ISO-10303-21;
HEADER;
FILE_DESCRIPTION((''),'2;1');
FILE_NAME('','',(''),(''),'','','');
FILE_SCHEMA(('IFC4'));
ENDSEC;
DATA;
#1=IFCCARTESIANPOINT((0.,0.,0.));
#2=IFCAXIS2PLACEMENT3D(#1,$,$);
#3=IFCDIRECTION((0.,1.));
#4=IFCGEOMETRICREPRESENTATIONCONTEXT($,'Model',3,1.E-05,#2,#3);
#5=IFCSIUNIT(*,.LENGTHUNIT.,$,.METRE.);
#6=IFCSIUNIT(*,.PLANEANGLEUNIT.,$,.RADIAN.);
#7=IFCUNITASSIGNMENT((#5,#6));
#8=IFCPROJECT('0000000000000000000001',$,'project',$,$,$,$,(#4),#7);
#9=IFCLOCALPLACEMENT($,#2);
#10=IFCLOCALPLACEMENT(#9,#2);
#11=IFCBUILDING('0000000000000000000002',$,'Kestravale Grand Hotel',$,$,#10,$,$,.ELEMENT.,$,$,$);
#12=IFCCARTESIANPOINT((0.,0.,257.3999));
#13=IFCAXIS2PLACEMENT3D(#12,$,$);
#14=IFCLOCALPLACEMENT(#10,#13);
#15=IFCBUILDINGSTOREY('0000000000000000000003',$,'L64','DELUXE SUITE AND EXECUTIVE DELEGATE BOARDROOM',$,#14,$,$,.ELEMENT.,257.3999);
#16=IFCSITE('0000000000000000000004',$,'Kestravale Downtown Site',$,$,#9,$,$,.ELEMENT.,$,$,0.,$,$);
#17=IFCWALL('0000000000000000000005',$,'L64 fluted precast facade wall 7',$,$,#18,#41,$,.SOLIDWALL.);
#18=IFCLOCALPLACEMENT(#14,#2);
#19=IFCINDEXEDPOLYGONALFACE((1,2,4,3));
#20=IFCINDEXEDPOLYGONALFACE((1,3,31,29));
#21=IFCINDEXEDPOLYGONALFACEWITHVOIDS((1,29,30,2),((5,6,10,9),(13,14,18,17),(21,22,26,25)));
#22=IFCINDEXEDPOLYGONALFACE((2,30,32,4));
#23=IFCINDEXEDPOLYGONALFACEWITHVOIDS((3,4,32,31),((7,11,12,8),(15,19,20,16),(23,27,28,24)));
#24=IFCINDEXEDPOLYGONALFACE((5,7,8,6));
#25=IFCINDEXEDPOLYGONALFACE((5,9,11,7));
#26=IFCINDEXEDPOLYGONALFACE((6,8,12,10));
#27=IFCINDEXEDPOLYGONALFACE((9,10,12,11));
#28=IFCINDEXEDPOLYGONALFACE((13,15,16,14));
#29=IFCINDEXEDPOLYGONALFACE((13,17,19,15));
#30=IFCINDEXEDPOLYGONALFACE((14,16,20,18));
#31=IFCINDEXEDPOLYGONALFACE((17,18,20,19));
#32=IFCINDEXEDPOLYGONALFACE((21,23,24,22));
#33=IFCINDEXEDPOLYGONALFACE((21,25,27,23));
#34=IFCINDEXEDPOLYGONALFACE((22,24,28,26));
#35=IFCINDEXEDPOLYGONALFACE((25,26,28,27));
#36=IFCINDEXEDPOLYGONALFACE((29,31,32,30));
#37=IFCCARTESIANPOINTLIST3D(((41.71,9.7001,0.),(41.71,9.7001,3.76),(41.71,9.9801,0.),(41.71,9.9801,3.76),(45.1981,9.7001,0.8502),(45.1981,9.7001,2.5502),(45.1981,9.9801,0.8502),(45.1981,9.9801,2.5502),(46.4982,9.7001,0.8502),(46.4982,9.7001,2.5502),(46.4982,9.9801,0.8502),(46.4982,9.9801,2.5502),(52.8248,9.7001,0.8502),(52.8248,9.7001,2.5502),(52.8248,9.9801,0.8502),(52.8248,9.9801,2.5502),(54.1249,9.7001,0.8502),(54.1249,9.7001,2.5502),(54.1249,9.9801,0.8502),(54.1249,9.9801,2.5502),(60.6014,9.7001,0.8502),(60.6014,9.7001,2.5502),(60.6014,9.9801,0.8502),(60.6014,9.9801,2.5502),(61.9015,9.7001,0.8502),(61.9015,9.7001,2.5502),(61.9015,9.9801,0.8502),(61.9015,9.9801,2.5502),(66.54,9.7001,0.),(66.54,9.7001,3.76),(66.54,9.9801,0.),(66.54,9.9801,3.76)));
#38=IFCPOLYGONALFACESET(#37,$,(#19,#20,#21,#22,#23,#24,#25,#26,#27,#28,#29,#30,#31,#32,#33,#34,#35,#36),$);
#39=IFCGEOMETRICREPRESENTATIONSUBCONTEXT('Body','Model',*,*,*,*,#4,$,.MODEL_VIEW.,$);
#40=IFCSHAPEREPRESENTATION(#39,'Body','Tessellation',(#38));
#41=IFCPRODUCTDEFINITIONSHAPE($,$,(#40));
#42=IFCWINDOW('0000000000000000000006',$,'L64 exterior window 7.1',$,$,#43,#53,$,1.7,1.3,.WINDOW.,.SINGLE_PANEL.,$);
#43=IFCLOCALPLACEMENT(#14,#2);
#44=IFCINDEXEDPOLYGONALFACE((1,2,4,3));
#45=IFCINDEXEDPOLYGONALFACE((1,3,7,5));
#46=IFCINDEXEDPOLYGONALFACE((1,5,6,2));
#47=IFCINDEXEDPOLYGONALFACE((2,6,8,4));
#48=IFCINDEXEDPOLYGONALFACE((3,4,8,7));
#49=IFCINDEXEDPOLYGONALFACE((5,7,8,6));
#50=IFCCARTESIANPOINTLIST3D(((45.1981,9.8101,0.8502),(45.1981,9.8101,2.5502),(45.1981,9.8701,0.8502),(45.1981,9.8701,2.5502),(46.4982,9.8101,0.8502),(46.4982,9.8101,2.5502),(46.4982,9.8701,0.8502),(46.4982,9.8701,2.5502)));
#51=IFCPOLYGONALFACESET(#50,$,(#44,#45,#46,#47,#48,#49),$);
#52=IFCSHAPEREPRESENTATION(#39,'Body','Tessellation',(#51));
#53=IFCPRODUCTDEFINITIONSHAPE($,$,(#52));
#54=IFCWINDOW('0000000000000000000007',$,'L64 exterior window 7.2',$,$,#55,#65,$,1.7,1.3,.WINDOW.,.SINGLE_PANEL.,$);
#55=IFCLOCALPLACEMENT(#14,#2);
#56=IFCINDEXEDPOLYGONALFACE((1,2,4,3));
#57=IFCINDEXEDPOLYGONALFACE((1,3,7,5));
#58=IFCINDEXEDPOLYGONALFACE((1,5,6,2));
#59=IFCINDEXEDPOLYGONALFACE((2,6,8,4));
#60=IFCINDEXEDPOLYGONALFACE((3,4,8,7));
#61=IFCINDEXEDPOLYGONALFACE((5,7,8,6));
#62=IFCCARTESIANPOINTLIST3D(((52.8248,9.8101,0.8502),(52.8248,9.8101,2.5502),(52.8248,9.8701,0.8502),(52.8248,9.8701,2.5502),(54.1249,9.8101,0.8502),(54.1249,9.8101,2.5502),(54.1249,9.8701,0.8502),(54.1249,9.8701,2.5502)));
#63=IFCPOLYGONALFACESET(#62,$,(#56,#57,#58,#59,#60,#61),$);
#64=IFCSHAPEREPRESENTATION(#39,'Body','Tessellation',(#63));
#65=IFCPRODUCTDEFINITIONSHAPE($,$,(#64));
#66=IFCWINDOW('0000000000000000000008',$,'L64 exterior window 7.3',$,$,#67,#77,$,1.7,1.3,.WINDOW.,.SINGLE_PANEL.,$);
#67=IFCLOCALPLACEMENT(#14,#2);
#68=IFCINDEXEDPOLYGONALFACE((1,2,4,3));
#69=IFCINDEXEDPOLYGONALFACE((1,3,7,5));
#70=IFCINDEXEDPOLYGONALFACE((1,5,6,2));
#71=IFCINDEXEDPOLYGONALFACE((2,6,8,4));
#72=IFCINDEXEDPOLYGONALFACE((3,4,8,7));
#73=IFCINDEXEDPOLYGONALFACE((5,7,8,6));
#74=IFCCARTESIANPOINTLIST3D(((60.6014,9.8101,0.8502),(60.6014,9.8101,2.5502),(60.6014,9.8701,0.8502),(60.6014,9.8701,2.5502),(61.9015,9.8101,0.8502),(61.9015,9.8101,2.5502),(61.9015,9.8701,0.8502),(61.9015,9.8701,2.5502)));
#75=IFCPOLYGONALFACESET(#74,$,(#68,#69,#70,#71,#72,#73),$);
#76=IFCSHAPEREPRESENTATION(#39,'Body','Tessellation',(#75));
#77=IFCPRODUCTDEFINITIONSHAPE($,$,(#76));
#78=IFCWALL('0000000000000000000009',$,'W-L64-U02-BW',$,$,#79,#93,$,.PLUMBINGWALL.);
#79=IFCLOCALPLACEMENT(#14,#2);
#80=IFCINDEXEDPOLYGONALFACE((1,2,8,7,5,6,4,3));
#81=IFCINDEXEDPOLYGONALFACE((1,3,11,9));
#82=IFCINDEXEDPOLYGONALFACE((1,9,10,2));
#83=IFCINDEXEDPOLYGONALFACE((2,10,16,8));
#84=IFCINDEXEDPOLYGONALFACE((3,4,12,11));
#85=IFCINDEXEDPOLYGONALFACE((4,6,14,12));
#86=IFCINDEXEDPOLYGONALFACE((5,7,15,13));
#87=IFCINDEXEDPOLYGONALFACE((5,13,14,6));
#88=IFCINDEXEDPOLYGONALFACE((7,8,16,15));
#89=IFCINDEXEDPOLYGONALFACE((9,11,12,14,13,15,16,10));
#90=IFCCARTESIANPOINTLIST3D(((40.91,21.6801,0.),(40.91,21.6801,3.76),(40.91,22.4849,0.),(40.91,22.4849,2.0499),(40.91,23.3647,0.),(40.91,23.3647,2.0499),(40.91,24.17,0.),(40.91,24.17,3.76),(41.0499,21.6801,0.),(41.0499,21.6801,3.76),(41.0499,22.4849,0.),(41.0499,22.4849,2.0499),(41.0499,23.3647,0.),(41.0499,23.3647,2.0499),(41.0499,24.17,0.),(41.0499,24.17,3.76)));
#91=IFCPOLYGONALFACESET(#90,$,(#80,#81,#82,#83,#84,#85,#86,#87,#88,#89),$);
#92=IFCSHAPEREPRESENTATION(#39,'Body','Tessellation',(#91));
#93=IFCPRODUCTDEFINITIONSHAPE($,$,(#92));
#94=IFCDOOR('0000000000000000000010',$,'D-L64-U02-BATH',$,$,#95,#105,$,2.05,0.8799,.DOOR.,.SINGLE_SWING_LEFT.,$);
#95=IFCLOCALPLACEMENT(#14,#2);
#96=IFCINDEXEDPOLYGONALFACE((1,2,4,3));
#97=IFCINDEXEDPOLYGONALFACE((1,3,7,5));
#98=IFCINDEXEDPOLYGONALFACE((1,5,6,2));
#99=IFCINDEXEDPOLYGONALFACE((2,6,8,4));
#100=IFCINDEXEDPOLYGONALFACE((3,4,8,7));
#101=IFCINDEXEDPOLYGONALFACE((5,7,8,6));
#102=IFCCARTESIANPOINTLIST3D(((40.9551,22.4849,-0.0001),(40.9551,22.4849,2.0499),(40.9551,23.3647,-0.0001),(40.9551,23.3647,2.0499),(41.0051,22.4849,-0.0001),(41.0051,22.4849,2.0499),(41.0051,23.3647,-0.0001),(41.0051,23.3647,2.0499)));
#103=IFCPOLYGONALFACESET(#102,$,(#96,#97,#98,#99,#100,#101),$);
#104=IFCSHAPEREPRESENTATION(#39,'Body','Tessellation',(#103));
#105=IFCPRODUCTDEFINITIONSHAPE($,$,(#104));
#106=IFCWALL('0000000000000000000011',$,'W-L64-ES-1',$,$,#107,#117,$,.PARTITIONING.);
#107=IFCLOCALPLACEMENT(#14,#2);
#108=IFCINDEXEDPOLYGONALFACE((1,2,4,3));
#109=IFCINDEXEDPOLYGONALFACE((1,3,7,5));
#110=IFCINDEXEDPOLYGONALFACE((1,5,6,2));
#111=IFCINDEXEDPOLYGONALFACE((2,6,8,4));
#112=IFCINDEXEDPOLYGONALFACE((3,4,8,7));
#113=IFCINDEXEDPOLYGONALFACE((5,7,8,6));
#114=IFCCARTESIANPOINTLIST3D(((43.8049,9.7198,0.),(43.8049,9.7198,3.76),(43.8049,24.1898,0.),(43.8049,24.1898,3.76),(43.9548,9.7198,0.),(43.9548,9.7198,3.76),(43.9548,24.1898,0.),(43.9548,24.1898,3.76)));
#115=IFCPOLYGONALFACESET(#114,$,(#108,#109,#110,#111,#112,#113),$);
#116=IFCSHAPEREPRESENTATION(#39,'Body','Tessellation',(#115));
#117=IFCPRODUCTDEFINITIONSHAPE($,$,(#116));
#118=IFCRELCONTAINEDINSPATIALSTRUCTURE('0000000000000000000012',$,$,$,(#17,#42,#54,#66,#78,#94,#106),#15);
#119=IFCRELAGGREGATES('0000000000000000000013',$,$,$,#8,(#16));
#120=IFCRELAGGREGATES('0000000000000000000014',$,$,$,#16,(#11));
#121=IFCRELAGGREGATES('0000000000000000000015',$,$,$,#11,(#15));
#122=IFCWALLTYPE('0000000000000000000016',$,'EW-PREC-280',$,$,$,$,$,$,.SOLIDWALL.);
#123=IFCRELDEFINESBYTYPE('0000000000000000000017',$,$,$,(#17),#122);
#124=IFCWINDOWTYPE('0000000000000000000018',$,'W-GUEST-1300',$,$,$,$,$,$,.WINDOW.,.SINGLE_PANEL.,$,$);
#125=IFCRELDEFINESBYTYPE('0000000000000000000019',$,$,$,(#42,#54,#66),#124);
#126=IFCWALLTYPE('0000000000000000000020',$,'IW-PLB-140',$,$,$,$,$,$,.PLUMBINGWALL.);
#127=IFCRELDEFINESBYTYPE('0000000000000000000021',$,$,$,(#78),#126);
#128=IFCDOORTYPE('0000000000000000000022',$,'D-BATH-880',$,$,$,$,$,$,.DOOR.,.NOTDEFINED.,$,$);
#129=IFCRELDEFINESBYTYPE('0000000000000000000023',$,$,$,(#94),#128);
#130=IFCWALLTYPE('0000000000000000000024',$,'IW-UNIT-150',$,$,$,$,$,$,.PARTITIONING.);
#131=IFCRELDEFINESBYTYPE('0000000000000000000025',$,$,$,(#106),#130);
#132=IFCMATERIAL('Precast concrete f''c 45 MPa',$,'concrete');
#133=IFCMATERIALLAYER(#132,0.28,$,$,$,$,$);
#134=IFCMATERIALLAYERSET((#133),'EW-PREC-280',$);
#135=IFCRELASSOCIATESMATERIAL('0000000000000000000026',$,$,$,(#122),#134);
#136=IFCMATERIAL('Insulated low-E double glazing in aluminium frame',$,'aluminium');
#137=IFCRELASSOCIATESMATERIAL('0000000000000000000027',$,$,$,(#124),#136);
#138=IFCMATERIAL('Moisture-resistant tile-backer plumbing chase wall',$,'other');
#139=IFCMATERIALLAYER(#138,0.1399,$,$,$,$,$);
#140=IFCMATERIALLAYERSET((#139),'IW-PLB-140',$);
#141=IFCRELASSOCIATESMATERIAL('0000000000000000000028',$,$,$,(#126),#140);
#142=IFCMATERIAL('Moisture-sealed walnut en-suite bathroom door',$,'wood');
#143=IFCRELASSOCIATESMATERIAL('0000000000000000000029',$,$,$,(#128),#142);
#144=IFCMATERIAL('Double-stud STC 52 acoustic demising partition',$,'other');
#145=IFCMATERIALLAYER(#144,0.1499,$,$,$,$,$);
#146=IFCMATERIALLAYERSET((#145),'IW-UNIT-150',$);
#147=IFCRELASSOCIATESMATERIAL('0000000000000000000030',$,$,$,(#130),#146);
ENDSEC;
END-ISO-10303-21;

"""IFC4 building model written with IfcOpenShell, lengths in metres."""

from ifc_helpers import new_model, si_unit, direction, frame, frame_2d, origin, place, context, subcontext, project, spatial, rectangle, extrude, material, layer, layer_set, type_object, element, fill, save


model = new_model("IFC4")

# Units and contexts
model_context = context("Model", 3, precision=1e-05, world=origin(), true_north=direction((0.0, 1.0)))
body_context = subcontext(model_context, "Body", "Model", "MODEL_VIEW")
ifc_project = project(units=[si_unit("LENGTHUNIT", "METRE"), si_unit("PLANEANGLEUNIT", "RADIAN")], contexts=[model_context])

# Site, building, storey
site_placement = place(None, origin())
site = spatial("IfcSite", under=ifc_project, at=site_placement, Name="Kestravale Downtown Site", CompositionType="ELEMENT", RefElevation=0.0)
building_placement = place(site_placement, origin())
building = spatial("IfcBuilding", under=site, at=building_placement, Name="Kestravale Grand Hotel", CompositionType="ELEMENT")
storey_placement = place(building_placement, frame((0.0, 0.0, 257.3999)))
storey = spatial("IfcBuildingStorey", under=building, at=storey_placement, Name="L64", Description="DELUXE SUITE AND EXECUTIVE DELEGATE BOARDROOM", CompositionType="ELEMENT", Elevation=257.3999)

# Shared definitions
ifc_material_1 = material(Name="Precast concrete f'c 45 MPa", Category="concrete")
ifc_layer_1 = layer(ifc_material_1, 0.28)
ifc_layer_set_1 = layer_set([ifc_layer_1], Name="EW-PREC-280")
wall_type_1 = type_object("IfcWallType", Name="EW-PREC-280", PredefinedType="SOLIDWALL", material=ifc_layer_set_1)
ifc_material_2 = material(Name="Insulated low-E double glazing in aluminium frame", Category="aluminium")
window_type = type_object("IfcWindowType", Name="W-GUEST-1300", PartitioningType="SINGLE_PANEL", PredefinedType="WINDOW", material=ifc_material_2)

# Wall, openings, windows
wall_1_placement = place(storey_placement, frame((41.71, 9.8401, 0.0), z_axis=(0.0, 0.0, 1.0), x_axis=(1.0, 0.0, 0.0)))
wall_1 = element("IfcWall", 1, at=wall_1_placement, inside=storey, type_object=wall_type_1, Name="L64 fluted precast facade wall 7", PredefinedType="SOLIDWALL", context=body_context, shape_type="SweptSolid", body=[
    extrude(rectangle(XDim=24.8301, YDim=0.28, at=frame_2d((12.415, 0.0))), origin(), (0.0, 0.0, 1.0), 3.76),
])
opening_1_placement = place(wall_1_placement, frame((3.4883, 0.0, 0.8501)))
opening_1 = element("IfcOpeningElement", 2, at=opening_1_placement, cuts=wall_1, PredefinedType="OPENING", context=body_context, shape_type="SweptSolid", body=[
    extrude(rectangle(XDim=1.3, YDim=1.7, at=frame_2d((0.6499, 0.8501))), frame((0.0, 0.1499, 0.0), z_axis=(0.0, -1.0, 0.0), x_axis=(1.0, 0.0, 0.0)), (0.0, 0.0, 1.0), 0.3),
])
opening_2_placement = place(wall_1_placement, frame((11.115, 0.0, 0.8501)))
opening_2 = element("IfcOpeningElement", 3, at=opening_2_placement, cuts=wall_1, PredefinedType="OPENING", context=body_context, shape_type="SweptSolid", body=[
    extrude(rectangle(XDim=1.3, YDim=1.7, at=frame_2d((0.6499, 0.8501))), frame((0.0, 0.1499, 0.0), z_axis=(0.0, -1.0, 0.0), x_axis=(1.0, 0.0, 0.0)), (0.0, 0.0, 1.0), 0.3),
])
opening_3_placement = place(wall_1_placement, frame((18.8916, 0.0, 0.8501)))
opening_3 = element("IfcOpeningElement", 4, at=opening_3_placement, cuts=wall_1, PredefinedType="OPENING", context=body_context, shape_type="SweptSolid", body=[
    extrude(rectangle(XDim=1.3, YDim=1.7, at=frame_2d((0.6499, 0.8501))), frame((0.0, 0.1499, 0.0), z_axis=(0.0, -1.0, 0.0), x_axis=(1.0, 0.0, 0.0)), (0.0, 0.0, 1.0), 0.3),
])
window_1_placement = place(opening_1_placement, origin())
window_1 = element("IfcWindow", 5, at=window_1_placement, inside=storey, type_object=window_type, Name="L64 exterior window 7.1", OverallHeight=1.7, OverallWidth=1.3, PartitioningType="SINGLE_PANEL", PredefinedType="WINDOW", context=body_context, shape_type="SweptSolid", body=[
    extrude(rectangle(XDim=1.3, YDim=1.7, at=frame_2d((0.6499, 0.8501))), frame((0.0, 0.03, 0.0), z_axis=(0.0, -1.0, 0.0), x_axis=(1.0, 0.0, 0.0)), (0.0, 0.0, 1.0), 0.0601),
])
fill(opening_1, window_1)
window_2_placement = place(opening_2_placement, origin())
window_2 = element("IfcWindow", 6, at=window_2_placement, inside=storey, type_object=window_type, Name="L64 exterior window 7.2", OverallHeight=1.7, OverallWidth=1.3, PartitioningType="SINGLE_PANEL", PredefinedType="WINDOW", context=body_context, shape_type="SweptSolid", body=[
    extrude(rectangle(XDim=1.3, YDim=1.7, at=frame_2d((0.6499, 0.8501))), frame((0.0, 0.03, 0.0), z_axis=(0.0, -1.0, 0.0), x_axis=(1.0, 0.0, 0.0)), (0.0, 0.0, 1.0), 0.0601),
])
fill(opening_2, window_2)
window_3_placement = place(opening_3_placement, origin())
window_3 = element("IfcWindow", 7, at=window_3_placement, inside=storey, type_object=window_type, Name="L64 exterior window 7.3", OverallHeight=1.7, OverallWidth=1.3, PartitioningType="SINGLE_PANEL", PredefinedType="WINDOW", context=body_context, shape_type="SweptSolid", body=[
    extrude(rectangle(XDim=1.3, YDim=1.7, at=frame_2d((0.6499, 0.8501))), frame((0.0, 0.03, 0.0), z_axis=(0.0, -1.0, 0.0), x_axis=(1.0, 0.0, 0.0)), (0.0, 0.0, 1.0), 0.0601),
])
fill(opening_3, window_3)

# Wall, opening, door
ifc_material_3 = material(Name="Moisture-resistant tile-backer plumbing chase wall", Category="other")
ifc_layer_2 = layer(ifc_material_3, 0.1399)
ifc_layer_set_2 = layer_set([ifc_layer_2], Name="IW-PLB-140")
wall_type_2 = type_object("IfcWallType", Name="IW-PLB-140", PredefinedType="PLUMBINGWALL", material=ifc_layer_set_2)
wall_2_placement = place(storey_placement, frame((40.98, 21.6799, 0.0), z_axis=(0.0, 0.0, 1.0), x_axis=(0.0, 1.0, 0.0)))
wall_2 = element("IfcWall", 8, at=wall_2_placement, inside=storey, type_object=wall_type_2, Name="W-L64-U02-BW", PredefinedType="PLUMBINGWALL", context=body_context, shape_type="SweptSolid", body=[
    extrude(rectangle(XDim=2.49, YDim=0.1399, at=frame_2d((1.2451, 0.0))), origin(), (0.0, 0.0, 1.0), 3.76),
])
opening_4_placement = place(wall_2_placement, frame((0.8049, 0.0, 0.0)))
opening_4 = element("IfcOpeningElement", 9, at=opening_4_placement, cuts=wall_2, PredefinedType="OPENING", context=body_context, shape_type="SweptSolid", body=[
    extrude(rectangle(XDim=0.8799, YDim=2.05, at=frame_2d((0.4399, 1.0249))), frame((0.0, 0.0798, 0.0), z_axis=(0.0, -1.0, 0.0), x_axis=(1.0, 0.0, 0.0)), (0.0, 0.0, 1.0), 0.1599),
])
ifc_material_4 = material(Name="Moisture-sealed walnut en-suite bathroom door", Category="wood")
door_type = type_object("IfcDoorType", Name="D-BATH-880", OperationType="NOTDEFINED", PredefinedType="DOOR", material=ifc_material_4)
door_placement = place(opening_4_placement, origin())
door = element("IfcDoor", 10, at=door_placement, inside=storey, type_object=door_type, Name="D-L64-U02-BATH", OperationType="SINGLE_SWING_LEFT", OverallHeight=2.05, OverallWidth=0.8799, PredefinedType="DOOR", context=body_context, shape_type="SweptSolid", body=[
    extrude(rectangle(XDim=0.8799, YDim=2.05, at=frame_2d((0.4399, 1.0249))), frame((0.0, 0.0249, 0.0), z_axis=(0.0, -1.0, 0.0), x_axis=(1.0, 0.0, 0.0)), (0.0, 0.0, 1.0), 0.05),
])
fill(opening_4, door)

# Wall
ifc_material_5 = material(Name="Double-stud STC 52 acoustic demising partition", Category="other")
ifc_layer_3 = layer(ifc_material_5, 0.1499)
ifc_layer_set_3 = layer_set([ifc_layer_3], Name="IW-UNIT-150")
wall_type_3 = type_object("IfcWallType", Name="IW-UNIT-150", PredefinedType="PARTITIONING", material=ifc_layer_set_3)
wall_3_placement = place(storey_placement, frame((43.8799, 9.72, 0.0), z_axis=(0.0, 0.0, 1.0), x_axis=(0.0, 1.0, 0.0)))
element("IfcWall", 11, at=wall_3_placement, inside=storey, type_object=wall_type_3, Name="W-L64-ES-1", PredefinedType="PARTITIONING", context=body_context, shape_type="SweptSolid", body=[
    extrude(rectangle(XDim=14.47, YDim=0.1499, at=frame_2d((7.2349, 0.0))), origin(), (0.0, 0.0, 1.0), 3.76),
])

save(model, "model.ifc")
